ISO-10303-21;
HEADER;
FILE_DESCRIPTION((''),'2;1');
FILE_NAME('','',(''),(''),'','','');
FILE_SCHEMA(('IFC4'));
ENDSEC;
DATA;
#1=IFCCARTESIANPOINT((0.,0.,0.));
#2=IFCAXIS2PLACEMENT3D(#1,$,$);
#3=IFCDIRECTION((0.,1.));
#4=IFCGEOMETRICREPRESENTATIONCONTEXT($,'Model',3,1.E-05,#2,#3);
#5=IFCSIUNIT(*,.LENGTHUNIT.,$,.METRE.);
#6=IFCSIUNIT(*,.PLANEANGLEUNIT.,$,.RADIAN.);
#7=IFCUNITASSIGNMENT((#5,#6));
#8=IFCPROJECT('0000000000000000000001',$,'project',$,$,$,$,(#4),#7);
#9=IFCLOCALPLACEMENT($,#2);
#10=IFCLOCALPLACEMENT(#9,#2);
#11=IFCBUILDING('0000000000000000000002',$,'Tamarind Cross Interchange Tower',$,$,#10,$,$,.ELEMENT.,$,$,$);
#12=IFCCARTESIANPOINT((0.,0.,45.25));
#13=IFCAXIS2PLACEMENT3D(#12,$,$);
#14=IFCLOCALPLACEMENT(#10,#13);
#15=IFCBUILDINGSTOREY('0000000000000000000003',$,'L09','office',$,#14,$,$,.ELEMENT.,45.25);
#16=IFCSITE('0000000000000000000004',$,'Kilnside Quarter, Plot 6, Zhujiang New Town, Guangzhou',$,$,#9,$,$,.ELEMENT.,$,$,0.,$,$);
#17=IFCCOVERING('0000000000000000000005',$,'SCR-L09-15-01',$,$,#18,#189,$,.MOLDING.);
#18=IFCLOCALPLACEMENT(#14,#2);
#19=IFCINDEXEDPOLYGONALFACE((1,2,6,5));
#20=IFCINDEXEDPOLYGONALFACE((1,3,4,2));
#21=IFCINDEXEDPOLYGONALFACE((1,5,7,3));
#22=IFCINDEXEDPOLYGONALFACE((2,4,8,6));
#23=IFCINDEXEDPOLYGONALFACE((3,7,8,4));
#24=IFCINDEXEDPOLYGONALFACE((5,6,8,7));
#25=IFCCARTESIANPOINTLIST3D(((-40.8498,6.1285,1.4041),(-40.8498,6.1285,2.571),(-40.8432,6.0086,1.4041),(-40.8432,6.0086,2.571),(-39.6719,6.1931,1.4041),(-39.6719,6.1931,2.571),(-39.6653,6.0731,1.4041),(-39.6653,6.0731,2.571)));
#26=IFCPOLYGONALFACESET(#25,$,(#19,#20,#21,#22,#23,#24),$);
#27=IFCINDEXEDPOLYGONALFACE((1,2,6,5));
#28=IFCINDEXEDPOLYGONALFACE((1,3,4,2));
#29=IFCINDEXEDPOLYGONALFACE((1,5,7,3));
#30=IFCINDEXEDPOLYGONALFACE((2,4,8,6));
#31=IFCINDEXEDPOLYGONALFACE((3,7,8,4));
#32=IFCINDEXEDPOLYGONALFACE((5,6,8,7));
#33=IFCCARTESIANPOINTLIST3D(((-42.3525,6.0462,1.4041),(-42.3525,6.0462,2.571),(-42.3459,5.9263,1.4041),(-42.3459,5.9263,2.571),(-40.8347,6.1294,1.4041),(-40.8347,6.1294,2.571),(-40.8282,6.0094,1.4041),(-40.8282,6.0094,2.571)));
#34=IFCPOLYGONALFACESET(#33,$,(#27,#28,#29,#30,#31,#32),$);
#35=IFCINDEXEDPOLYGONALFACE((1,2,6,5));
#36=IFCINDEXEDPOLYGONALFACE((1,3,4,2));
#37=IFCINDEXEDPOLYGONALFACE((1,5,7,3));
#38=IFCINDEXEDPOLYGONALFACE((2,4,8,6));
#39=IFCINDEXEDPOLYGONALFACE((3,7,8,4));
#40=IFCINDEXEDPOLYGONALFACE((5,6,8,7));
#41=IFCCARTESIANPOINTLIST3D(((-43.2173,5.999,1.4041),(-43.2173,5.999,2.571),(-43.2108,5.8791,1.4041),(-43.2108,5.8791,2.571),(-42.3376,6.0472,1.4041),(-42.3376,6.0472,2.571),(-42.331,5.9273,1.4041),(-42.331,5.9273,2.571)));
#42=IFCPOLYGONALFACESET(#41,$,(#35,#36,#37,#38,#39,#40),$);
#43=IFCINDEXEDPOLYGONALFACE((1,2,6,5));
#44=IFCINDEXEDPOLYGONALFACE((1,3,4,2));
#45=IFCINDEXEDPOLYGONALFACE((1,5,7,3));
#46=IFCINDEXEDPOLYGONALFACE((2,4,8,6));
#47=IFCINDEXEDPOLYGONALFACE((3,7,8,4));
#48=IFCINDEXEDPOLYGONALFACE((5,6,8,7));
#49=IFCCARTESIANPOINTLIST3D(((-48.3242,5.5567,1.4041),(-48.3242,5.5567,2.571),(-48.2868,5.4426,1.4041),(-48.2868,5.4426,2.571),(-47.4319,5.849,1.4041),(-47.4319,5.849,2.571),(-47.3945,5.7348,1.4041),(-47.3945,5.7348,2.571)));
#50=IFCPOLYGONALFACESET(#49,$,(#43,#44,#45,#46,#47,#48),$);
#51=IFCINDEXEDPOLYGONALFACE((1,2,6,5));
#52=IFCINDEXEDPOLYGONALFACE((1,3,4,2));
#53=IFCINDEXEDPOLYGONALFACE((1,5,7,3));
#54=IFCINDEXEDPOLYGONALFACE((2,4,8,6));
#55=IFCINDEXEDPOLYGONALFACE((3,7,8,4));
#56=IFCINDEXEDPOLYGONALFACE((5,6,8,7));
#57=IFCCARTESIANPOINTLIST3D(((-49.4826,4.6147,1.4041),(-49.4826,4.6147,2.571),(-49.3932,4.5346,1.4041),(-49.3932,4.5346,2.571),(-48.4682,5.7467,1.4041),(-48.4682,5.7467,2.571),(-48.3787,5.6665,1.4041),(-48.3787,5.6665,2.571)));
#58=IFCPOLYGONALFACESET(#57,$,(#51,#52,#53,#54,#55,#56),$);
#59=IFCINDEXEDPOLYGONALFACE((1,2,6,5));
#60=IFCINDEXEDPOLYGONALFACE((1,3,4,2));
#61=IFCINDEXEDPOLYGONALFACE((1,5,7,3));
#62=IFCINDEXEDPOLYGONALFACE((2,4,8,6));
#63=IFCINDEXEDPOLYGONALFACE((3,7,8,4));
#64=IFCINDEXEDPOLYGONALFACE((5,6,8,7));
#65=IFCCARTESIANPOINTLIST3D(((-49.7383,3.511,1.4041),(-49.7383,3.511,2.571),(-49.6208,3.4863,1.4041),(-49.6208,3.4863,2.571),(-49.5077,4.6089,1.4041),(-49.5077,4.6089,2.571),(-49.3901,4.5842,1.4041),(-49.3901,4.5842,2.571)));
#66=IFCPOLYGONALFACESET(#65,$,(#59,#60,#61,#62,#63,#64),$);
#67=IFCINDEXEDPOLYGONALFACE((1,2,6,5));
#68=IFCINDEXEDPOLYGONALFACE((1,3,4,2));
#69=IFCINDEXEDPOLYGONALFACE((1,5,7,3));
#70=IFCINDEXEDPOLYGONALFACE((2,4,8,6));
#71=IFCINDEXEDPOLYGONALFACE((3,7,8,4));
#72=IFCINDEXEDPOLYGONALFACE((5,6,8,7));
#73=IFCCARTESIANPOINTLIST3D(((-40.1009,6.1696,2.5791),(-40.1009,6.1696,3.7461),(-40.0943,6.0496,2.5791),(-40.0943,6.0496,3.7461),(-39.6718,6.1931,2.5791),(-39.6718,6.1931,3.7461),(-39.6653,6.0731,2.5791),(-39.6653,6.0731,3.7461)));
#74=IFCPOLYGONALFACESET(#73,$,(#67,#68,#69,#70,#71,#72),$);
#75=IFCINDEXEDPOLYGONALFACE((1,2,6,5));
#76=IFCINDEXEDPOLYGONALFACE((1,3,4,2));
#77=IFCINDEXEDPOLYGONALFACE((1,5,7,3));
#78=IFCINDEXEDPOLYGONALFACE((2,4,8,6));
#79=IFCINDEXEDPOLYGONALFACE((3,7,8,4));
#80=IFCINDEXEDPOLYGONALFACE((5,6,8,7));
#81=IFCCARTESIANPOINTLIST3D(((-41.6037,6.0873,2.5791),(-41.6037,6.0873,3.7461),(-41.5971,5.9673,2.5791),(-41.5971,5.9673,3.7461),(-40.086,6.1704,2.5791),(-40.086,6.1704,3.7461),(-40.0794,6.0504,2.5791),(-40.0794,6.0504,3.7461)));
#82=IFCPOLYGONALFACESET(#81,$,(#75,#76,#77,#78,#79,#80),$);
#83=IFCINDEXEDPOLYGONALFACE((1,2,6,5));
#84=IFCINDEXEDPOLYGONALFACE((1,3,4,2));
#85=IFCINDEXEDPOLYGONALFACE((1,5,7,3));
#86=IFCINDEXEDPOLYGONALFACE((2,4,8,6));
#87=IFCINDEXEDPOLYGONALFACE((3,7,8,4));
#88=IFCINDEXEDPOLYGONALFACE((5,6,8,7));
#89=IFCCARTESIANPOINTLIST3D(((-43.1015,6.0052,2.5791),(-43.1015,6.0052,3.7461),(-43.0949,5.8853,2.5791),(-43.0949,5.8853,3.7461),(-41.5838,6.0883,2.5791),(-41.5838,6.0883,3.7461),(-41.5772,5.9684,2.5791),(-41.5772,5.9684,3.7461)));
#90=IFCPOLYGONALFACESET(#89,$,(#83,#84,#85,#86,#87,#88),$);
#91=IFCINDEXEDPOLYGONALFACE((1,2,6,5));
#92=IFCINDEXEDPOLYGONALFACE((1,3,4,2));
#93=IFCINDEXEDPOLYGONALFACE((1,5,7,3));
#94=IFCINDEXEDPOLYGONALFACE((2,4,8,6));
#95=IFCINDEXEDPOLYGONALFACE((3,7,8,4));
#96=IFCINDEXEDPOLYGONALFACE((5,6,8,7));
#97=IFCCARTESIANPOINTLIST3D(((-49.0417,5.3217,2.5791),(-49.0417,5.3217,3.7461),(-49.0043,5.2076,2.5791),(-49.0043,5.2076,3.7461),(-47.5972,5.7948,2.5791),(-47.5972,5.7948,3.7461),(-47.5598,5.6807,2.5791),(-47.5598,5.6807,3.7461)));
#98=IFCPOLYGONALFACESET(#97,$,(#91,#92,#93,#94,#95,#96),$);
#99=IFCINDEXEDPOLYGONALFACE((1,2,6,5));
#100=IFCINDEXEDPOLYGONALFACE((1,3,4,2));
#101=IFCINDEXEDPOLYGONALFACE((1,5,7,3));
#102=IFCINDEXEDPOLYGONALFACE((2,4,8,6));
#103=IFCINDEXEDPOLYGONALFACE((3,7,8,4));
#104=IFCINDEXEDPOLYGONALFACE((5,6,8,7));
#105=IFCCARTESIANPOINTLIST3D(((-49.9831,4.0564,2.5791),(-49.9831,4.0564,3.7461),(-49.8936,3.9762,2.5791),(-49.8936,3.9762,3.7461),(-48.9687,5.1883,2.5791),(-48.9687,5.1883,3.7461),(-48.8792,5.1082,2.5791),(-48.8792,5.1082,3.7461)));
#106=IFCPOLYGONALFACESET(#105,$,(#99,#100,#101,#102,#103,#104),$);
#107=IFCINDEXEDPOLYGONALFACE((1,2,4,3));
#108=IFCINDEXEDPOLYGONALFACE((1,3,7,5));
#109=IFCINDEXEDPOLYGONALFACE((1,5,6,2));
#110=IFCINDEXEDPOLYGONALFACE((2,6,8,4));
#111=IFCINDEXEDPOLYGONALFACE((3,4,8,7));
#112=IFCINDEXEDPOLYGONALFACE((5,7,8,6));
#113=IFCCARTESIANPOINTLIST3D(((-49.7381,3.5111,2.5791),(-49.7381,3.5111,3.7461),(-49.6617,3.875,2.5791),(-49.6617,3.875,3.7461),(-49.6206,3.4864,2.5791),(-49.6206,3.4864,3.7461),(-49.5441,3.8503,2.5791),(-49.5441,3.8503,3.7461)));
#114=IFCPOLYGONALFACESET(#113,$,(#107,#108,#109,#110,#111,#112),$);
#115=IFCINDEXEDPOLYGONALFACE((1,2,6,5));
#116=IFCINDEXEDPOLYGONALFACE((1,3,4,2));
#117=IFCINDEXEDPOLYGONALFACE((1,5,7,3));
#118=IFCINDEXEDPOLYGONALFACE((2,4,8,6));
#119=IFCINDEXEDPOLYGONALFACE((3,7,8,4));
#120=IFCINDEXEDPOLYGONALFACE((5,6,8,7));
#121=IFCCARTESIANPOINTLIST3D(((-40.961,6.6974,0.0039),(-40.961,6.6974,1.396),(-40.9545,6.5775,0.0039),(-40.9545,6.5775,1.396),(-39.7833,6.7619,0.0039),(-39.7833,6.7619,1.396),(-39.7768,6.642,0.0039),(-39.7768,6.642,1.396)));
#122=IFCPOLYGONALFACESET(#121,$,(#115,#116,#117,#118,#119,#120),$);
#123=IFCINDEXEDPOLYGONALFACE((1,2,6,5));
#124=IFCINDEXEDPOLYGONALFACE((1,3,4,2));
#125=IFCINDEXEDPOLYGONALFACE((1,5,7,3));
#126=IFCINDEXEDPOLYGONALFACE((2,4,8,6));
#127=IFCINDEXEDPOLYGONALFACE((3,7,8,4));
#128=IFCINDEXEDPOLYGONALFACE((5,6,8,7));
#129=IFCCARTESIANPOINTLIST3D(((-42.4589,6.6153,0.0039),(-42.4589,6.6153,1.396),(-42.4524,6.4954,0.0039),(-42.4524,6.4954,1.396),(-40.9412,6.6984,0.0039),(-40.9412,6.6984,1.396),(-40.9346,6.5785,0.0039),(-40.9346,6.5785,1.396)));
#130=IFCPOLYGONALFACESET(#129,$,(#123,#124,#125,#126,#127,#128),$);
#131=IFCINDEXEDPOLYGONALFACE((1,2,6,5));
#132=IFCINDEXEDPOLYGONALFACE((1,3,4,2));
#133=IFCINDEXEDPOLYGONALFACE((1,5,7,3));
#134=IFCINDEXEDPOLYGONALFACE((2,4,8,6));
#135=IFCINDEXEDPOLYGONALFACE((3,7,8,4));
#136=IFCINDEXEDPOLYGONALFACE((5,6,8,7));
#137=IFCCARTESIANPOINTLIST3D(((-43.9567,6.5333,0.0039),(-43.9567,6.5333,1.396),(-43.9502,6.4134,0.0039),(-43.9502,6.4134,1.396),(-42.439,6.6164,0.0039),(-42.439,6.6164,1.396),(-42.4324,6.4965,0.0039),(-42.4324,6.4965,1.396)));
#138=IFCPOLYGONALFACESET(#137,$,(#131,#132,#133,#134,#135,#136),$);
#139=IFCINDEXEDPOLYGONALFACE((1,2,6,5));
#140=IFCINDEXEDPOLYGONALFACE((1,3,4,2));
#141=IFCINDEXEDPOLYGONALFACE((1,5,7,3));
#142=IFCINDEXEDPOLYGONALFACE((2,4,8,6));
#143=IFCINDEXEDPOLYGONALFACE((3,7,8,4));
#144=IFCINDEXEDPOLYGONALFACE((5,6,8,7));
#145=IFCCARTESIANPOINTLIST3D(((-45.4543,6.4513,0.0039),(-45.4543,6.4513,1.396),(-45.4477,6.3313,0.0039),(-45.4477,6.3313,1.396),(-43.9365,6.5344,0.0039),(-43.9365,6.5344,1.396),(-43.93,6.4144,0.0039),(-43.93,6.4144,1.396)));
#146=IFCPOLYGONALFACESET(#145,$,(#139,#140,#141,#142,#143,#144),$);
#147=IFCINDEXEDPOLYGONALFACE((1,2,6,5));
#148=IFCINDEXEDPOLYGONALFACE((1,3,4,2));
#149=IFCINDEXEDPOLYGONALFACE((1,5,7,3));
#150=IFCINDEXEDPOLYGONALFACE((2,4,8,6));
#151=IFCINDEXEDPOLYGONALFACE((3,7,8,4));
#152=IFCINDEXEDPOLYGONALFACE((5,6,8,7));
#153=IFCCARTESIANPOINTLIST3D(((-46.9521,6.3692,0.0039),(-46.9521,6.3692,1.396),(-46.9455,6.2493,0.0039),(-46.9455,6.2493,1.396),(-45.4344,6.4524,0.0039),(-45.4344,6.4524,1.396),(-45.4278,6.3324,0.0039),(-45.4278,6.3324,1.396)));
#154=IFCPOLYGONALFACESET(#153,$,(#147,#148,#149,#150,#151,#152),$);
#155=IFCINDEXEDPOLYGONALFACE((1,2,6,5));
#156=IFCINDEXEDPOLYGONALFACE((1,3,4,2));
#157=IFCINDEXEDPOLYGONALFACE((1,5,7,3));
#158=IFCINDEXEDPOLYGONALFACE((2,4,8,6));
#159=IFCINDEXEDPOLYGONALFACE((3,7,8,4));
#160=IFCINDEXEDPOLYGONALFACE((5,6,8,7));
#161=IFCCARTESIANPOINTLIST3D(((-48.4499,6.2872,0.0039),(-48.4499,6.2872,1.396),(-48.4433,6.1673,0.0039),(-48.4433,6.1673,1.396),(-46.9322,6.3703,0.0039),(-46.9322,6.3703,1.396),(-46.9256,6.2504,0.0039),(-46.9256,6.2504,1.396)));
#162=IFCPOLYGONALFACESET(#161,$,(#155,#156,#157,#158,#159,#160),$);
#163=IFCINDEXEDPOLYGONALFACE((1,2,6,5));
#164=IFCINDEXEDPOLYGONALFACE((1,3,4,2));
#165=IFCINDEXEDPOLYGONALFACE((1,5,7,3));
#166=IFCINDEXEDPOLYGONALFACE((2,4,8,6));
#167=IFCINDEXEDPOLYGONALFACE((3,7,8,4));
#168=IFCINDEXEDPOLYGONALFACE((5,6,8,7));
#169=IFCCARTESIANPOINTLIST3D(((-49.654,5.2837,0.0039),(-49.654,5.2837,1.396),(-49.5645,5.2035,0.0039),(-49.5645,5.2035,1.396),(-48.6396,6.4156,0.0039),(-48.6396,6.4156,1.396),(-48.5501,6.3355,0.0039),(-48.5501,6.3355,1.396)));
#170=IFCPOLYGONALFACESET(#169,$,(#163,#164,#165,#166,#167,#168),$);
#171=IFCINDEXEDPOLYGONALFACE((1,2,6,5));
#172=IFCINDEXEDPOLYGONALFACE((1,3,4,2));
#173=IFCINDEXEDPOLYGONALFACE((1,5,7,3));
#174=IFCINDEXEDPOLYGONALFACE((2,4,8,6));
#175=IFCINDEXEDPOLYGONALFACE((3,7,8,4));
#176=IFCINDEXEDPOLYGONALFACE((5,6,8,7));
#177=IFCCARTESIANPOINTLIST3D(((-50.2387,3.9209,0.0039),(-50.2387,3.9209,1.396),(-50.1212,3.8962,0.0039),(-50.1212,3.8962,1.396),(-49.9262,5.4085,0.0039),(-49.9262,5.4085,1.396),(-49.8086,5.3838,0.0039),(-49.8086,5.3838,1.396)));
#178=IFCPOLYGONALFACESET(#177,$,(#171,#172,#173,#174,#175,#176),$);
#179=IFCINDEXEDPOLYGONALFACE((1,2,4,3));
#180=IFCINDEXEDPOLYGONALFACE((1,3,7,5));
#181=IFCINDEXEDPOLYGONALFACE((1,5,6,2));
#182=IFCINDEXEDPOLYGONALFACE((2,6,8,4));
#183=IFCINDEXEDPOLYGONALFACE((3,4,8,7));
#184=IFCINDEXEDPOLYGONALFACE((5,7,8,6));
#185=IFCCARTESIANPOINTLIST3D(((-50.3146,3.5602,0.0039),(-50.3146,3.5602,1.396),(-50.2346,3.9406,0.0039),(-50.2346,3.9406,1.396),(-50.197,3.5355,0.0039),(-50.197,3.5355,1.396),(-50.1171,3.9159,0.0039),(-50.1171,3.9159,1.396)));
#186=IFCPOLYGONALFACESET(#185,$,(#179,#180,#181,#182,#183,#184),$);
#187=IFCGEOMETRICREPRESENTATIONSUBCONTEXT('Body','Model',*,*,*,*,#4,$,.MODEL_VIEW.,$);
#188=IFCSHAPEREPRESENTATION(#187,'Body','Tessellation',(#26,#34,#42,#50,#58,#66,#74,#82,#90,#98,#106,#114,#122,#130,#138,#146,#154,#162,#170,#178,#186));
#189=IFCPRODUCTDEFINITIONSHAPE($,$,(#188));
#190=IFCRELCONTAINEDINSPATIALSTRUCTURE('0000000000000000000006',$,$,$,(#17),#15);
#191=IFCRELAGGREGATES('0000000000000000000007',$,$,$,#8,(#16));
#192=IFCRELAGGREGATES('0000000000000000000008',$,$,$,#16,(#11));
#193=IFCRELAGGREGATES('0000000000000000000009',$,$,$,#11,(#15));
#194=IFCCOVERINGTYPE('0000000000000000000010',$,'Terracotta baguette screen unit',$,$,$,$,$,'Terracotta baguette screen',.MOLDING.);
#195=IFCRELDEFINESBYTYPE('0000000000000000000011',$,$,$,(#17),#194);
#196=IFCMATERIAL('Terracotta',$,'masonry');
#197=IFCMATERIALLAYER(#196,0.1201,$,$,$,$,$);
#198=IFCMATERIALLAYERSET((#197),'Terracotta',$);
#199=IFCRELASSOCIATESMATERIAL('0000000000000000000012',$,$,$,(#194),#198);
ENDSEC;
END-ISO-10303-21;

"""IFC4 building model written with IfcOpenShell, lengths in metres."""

from ifc_helpers import new_model, si_unit, direction, frame, origin, origin_2d, place, context, subcontext, project, spatial, rectangle, extrude, material, layer, layer_set, type_object, element, save


model = new_model("IFC4")

# Units and contexts
model_context = context("Model", 3, precision=1e-05, world=origin(), true_north=direction((0.0, 1.0)))
body_context = subcontext(model_context, "Body", "Model", "MODEL_VIEW")
ifc_project = project(units=[si_unit("LENGTHUNIT", "METRE"), si_unit("PLANEANGLEUNIT", "RADIAN")], contexts=[model_context])

# Site, building, storey
site_placement = place(None, origin())
site = spatial("IfcSite", under=ifc_project, at=site_placement, Name="Kilnside Quarter, Plot 6, Zhujiang New Town, Guangzhou", CompositionType="ELEMENT", RefElevation=0.0)
building_placement = place(site_placement, origin())
building = spatial("IfcBuilding", under=site, at=building_placement, Name="Tamarind Cross Interchange Tower", CompositionType="ELEMENT")
storey_placement = place(building_placement, frame((0.0, 0.0, 45.25)))
storey = spatial("IfcBuildingStorey", under=building, at=storey_placement, Name="L09", Description="office", CompositionType="ELEMENT", Elevation=45.25)

# Covering
ifc_material_1 = material(Name="Terracotta", Category="masonry")
ifc_layer_1 = layer(ifc_material_1, 0.1201)
ifc_layer_set_1 = layer_set([ifc_layer_1], Name="Terracotta")
covering_type = type_object("IfcCoveringType", Name="Terracotta baguette screen unit", ElementType="Terracotta baguette screen", PredefinedType="MOLDING", material=ifc_layer_set_1)
covering_1_placement = place(storey_placement, origin())
element("IfcCovering", 1, at=covering_1_placement, inside=storey, type_object=covering_type, Name="SCR-L09-15-01", PredefinedType="MOLDING", context=body_context, shape_type="SweptSolid", body=[
    extrude(rectangle(XDim=1.1797, YDim=0.1201, at=origin_2d()), frame((-40.2576, 6.1008, 1.4041), z_axis=(0.0, 0.0, 1.0), x_axis=(-0.998504, -0.054678, 0.0)), (0.0, 0.0, 1.0), 1.167),
    extrude(rectangle(XDim=1.52, YDim=0.1201, at=origin_2d()), frame((-41.5903, 6.0278, 1.4041), z_axis=(0.0, 0.0, 1.0), x_axis=(-0.998504, -0.054678, 0.0)), (0.0, 0.0, 1.0), 1.167),
    extrude(rectangle(XDim=0.8811, YDim=0.1201, at=origin_2d()), frame((-42.7742, 5.9631, 1.4041), z_axis=(0.0, 0.0, 1.0), x_axis=(-0.998504, -0.054678, 0.0)), (0.0, 0.0, 1.0), 1.167),
    extrude(rectangle(XDim=0.939, YDim=0.1201, at=origin_2d()), frame((-47.8594, 5.6458, 1.4041), z_axis=(0.0, 0.0, 1.0), x_axis=(-0.950329, -0.311247, 0.0)), (0.0, 0.0, 1.0), 1.167),
    extrude(rectangle(XDim=1.52, YDim=0.1201, at=origin_2d()), frame((-48.9307, 5.1406, 1.4041), z_axis=(0.0, 0.0, 1.0), x_axis=(-0.667386, -0.744712, 0.0)), (0.0, 0.0, 1.0), 1.167),
    extrude(rectangle(XDim=1.1218, YDim=0.1201, at=origin_2d()), frame((-49.5642, 4.0476, 1.4041), z_axis=(0.0, 0.0, 1.0), x_axis=(-0.205617, -0.978633, 0.0)), (0.0, 0.0, 1.0), 1.167),
    extrude(rectangle(XDim=0.4297, YDim=0.1201, at=origin_2d()), frame((-39.8831, 6.1213, 2.5791), z_axis=(0.0, 0.0, 1.0), x_axis=(-0.998504, -0.054678, 0.0)), (0.0, 0.0, 1.0), 1.167),
    extrude(rectangle(XDim=1.52, YDim=0.1201, at=origin_2d()), frame((-40.8416, 6.0688, 2.5791), z_axis=(0.0, 0.0, 1.0), x_axis=(-0.998504, -0.054678, 0.0)), (0.0, 0.0, 1.0), 1.167),
    extrude(rectangle(XDim=1.52, YDim=0.1201, at=origin_2d()), frame((-42.3394, 5.9868, 2.5791), z_axis=(0.0, 0.0, 1.0), x_axis=(-0.998504, -0.054678, 0.0)), (0.0, 0.0, 1.0), 1.167),
    extrude(rectangle(XDim=1.52, YDim=0.1201, at=origin_2d()), frame((-48.3008, 5.5012, 2.5791), z_axis=(0.0, 0.0, 1.0), x_axis=(-0.950329, -0.311247, 0.0)), (0.0, 0.0, 1.0), 1.167),
    extrude(rectangle(XDim=1.52, YDim=0.1201, at=origin_2d()), frame((-49.4312, 4.5823, 2.5791), z_axis=(0.0, 0.0, 1.0), x_axis=(-0.667386, -0.744712, 0.0)), (0.0, 0.0, 1.0), 1.167),
    extrude(rectangle(XDim=0.3718, YDim=0.1201, at=origin_2d()), frame((-49.6411, 3.6807, 2.5791), z_axis=(0.0, 0.0, 1.0), x_axis=(-0.205617, -0.978633, 0.0)), (0.0, 0.0, 1.0), 1.167),
    extrude(rectangle(XDim=1.1794, YDim=0.1201, at=origin_2d()), frame((-40.3689, 6.6697, 0.0039), z_axis=(0.0, 0.0, 1.0), x_axis=(-0.998504, -0.054678, 0.0)), (0.0, 0.0, 1.0), 1.3921),
    extrude(rectangle(XDim=1.52, YDim=0.1201, at=origin_2d()), frame((-41.6968, 6.5969, 0.0039), z_axis=(0.0, 0.0, 1.0), x_axis=(-0.998504, -0.054678, 0.0)), (0.0, 0.0, 1.0), 1.3921),
    extrude(rectangle(XDim=1.52, YDim=0.1201, at=origin_2d()), frame((-43.1946, 6.5149, 0.0039), z_axis=(0.0, 0.0, 1.0), x_axis=(-0.998504, -0.054678, 0.0)), (0.0, 0.0, 1.0), 1.3921),
    extrude(rectangle(XDim=1.52, YDim=0.1201, at=origin_2d()), frame((-44.6921, 6.4329, 0.0039), z_axis=(0.0, 0.0, 1.0), x_axis=(-0.998504, -0.054678, 0.0)), (0.0, 0.0, 1.0), 1.3921),
    extrude(rectangle(XDim=1.52, YDim=0.1201, at=origin_2d()), frame((-46.1899, 6.3508, 0.0039), z_axis=(0.0, 0.0, 1.0), x_axis=(-0.998504, -0.054678, 0.0)), (0.0, 0.0, 1.0), 1.3921),
    extrude(rectangle(XDim=1.52, YDim=0.1201, at=origin_2d()), frame((-47.6877, 6.2688, 0.0039), z_axis=(0.0, 0.0, 1.0), x_axis=(-0.998504, -0.054678, 0.0)), (0.0, 0.0, 1.0), 1.3921),
    extrude(rectangle(XDim=1.52, YDim=0.1201, at=origin_2d()), frame((-49.1021, 5.8096, 0.0039), z_axis=(0.0, 0.0, 1.0), x_axis=(-0.667386, -0.744712, 0.0)), (0.0, 0.0, 1.0), 1.3921),
    extrude(rectangle(XDim=1.52, YDim=0.1201, at=origin_2d()), frame((-50.0237, 4.6523, 0.0039), z_axis=(0.0, 0.0, 1.0), x_axis=(-0.205617, -0.978633, 0.0)), (0.0, 0.0, 1.0), 1.3921),
    extrude(rectangle(XDim=0.3887, YDim=0.1201, at=origin_2d()), frame((-50.2158, 3.738, 0.0039), z_axis=(0.0, 0.0, 1.0), x_axis=(-0.205617, -0.978633, 0.0)), (0.0, 0.0, 1.0), 1.3921),
])

save(model, "model.ifc")
